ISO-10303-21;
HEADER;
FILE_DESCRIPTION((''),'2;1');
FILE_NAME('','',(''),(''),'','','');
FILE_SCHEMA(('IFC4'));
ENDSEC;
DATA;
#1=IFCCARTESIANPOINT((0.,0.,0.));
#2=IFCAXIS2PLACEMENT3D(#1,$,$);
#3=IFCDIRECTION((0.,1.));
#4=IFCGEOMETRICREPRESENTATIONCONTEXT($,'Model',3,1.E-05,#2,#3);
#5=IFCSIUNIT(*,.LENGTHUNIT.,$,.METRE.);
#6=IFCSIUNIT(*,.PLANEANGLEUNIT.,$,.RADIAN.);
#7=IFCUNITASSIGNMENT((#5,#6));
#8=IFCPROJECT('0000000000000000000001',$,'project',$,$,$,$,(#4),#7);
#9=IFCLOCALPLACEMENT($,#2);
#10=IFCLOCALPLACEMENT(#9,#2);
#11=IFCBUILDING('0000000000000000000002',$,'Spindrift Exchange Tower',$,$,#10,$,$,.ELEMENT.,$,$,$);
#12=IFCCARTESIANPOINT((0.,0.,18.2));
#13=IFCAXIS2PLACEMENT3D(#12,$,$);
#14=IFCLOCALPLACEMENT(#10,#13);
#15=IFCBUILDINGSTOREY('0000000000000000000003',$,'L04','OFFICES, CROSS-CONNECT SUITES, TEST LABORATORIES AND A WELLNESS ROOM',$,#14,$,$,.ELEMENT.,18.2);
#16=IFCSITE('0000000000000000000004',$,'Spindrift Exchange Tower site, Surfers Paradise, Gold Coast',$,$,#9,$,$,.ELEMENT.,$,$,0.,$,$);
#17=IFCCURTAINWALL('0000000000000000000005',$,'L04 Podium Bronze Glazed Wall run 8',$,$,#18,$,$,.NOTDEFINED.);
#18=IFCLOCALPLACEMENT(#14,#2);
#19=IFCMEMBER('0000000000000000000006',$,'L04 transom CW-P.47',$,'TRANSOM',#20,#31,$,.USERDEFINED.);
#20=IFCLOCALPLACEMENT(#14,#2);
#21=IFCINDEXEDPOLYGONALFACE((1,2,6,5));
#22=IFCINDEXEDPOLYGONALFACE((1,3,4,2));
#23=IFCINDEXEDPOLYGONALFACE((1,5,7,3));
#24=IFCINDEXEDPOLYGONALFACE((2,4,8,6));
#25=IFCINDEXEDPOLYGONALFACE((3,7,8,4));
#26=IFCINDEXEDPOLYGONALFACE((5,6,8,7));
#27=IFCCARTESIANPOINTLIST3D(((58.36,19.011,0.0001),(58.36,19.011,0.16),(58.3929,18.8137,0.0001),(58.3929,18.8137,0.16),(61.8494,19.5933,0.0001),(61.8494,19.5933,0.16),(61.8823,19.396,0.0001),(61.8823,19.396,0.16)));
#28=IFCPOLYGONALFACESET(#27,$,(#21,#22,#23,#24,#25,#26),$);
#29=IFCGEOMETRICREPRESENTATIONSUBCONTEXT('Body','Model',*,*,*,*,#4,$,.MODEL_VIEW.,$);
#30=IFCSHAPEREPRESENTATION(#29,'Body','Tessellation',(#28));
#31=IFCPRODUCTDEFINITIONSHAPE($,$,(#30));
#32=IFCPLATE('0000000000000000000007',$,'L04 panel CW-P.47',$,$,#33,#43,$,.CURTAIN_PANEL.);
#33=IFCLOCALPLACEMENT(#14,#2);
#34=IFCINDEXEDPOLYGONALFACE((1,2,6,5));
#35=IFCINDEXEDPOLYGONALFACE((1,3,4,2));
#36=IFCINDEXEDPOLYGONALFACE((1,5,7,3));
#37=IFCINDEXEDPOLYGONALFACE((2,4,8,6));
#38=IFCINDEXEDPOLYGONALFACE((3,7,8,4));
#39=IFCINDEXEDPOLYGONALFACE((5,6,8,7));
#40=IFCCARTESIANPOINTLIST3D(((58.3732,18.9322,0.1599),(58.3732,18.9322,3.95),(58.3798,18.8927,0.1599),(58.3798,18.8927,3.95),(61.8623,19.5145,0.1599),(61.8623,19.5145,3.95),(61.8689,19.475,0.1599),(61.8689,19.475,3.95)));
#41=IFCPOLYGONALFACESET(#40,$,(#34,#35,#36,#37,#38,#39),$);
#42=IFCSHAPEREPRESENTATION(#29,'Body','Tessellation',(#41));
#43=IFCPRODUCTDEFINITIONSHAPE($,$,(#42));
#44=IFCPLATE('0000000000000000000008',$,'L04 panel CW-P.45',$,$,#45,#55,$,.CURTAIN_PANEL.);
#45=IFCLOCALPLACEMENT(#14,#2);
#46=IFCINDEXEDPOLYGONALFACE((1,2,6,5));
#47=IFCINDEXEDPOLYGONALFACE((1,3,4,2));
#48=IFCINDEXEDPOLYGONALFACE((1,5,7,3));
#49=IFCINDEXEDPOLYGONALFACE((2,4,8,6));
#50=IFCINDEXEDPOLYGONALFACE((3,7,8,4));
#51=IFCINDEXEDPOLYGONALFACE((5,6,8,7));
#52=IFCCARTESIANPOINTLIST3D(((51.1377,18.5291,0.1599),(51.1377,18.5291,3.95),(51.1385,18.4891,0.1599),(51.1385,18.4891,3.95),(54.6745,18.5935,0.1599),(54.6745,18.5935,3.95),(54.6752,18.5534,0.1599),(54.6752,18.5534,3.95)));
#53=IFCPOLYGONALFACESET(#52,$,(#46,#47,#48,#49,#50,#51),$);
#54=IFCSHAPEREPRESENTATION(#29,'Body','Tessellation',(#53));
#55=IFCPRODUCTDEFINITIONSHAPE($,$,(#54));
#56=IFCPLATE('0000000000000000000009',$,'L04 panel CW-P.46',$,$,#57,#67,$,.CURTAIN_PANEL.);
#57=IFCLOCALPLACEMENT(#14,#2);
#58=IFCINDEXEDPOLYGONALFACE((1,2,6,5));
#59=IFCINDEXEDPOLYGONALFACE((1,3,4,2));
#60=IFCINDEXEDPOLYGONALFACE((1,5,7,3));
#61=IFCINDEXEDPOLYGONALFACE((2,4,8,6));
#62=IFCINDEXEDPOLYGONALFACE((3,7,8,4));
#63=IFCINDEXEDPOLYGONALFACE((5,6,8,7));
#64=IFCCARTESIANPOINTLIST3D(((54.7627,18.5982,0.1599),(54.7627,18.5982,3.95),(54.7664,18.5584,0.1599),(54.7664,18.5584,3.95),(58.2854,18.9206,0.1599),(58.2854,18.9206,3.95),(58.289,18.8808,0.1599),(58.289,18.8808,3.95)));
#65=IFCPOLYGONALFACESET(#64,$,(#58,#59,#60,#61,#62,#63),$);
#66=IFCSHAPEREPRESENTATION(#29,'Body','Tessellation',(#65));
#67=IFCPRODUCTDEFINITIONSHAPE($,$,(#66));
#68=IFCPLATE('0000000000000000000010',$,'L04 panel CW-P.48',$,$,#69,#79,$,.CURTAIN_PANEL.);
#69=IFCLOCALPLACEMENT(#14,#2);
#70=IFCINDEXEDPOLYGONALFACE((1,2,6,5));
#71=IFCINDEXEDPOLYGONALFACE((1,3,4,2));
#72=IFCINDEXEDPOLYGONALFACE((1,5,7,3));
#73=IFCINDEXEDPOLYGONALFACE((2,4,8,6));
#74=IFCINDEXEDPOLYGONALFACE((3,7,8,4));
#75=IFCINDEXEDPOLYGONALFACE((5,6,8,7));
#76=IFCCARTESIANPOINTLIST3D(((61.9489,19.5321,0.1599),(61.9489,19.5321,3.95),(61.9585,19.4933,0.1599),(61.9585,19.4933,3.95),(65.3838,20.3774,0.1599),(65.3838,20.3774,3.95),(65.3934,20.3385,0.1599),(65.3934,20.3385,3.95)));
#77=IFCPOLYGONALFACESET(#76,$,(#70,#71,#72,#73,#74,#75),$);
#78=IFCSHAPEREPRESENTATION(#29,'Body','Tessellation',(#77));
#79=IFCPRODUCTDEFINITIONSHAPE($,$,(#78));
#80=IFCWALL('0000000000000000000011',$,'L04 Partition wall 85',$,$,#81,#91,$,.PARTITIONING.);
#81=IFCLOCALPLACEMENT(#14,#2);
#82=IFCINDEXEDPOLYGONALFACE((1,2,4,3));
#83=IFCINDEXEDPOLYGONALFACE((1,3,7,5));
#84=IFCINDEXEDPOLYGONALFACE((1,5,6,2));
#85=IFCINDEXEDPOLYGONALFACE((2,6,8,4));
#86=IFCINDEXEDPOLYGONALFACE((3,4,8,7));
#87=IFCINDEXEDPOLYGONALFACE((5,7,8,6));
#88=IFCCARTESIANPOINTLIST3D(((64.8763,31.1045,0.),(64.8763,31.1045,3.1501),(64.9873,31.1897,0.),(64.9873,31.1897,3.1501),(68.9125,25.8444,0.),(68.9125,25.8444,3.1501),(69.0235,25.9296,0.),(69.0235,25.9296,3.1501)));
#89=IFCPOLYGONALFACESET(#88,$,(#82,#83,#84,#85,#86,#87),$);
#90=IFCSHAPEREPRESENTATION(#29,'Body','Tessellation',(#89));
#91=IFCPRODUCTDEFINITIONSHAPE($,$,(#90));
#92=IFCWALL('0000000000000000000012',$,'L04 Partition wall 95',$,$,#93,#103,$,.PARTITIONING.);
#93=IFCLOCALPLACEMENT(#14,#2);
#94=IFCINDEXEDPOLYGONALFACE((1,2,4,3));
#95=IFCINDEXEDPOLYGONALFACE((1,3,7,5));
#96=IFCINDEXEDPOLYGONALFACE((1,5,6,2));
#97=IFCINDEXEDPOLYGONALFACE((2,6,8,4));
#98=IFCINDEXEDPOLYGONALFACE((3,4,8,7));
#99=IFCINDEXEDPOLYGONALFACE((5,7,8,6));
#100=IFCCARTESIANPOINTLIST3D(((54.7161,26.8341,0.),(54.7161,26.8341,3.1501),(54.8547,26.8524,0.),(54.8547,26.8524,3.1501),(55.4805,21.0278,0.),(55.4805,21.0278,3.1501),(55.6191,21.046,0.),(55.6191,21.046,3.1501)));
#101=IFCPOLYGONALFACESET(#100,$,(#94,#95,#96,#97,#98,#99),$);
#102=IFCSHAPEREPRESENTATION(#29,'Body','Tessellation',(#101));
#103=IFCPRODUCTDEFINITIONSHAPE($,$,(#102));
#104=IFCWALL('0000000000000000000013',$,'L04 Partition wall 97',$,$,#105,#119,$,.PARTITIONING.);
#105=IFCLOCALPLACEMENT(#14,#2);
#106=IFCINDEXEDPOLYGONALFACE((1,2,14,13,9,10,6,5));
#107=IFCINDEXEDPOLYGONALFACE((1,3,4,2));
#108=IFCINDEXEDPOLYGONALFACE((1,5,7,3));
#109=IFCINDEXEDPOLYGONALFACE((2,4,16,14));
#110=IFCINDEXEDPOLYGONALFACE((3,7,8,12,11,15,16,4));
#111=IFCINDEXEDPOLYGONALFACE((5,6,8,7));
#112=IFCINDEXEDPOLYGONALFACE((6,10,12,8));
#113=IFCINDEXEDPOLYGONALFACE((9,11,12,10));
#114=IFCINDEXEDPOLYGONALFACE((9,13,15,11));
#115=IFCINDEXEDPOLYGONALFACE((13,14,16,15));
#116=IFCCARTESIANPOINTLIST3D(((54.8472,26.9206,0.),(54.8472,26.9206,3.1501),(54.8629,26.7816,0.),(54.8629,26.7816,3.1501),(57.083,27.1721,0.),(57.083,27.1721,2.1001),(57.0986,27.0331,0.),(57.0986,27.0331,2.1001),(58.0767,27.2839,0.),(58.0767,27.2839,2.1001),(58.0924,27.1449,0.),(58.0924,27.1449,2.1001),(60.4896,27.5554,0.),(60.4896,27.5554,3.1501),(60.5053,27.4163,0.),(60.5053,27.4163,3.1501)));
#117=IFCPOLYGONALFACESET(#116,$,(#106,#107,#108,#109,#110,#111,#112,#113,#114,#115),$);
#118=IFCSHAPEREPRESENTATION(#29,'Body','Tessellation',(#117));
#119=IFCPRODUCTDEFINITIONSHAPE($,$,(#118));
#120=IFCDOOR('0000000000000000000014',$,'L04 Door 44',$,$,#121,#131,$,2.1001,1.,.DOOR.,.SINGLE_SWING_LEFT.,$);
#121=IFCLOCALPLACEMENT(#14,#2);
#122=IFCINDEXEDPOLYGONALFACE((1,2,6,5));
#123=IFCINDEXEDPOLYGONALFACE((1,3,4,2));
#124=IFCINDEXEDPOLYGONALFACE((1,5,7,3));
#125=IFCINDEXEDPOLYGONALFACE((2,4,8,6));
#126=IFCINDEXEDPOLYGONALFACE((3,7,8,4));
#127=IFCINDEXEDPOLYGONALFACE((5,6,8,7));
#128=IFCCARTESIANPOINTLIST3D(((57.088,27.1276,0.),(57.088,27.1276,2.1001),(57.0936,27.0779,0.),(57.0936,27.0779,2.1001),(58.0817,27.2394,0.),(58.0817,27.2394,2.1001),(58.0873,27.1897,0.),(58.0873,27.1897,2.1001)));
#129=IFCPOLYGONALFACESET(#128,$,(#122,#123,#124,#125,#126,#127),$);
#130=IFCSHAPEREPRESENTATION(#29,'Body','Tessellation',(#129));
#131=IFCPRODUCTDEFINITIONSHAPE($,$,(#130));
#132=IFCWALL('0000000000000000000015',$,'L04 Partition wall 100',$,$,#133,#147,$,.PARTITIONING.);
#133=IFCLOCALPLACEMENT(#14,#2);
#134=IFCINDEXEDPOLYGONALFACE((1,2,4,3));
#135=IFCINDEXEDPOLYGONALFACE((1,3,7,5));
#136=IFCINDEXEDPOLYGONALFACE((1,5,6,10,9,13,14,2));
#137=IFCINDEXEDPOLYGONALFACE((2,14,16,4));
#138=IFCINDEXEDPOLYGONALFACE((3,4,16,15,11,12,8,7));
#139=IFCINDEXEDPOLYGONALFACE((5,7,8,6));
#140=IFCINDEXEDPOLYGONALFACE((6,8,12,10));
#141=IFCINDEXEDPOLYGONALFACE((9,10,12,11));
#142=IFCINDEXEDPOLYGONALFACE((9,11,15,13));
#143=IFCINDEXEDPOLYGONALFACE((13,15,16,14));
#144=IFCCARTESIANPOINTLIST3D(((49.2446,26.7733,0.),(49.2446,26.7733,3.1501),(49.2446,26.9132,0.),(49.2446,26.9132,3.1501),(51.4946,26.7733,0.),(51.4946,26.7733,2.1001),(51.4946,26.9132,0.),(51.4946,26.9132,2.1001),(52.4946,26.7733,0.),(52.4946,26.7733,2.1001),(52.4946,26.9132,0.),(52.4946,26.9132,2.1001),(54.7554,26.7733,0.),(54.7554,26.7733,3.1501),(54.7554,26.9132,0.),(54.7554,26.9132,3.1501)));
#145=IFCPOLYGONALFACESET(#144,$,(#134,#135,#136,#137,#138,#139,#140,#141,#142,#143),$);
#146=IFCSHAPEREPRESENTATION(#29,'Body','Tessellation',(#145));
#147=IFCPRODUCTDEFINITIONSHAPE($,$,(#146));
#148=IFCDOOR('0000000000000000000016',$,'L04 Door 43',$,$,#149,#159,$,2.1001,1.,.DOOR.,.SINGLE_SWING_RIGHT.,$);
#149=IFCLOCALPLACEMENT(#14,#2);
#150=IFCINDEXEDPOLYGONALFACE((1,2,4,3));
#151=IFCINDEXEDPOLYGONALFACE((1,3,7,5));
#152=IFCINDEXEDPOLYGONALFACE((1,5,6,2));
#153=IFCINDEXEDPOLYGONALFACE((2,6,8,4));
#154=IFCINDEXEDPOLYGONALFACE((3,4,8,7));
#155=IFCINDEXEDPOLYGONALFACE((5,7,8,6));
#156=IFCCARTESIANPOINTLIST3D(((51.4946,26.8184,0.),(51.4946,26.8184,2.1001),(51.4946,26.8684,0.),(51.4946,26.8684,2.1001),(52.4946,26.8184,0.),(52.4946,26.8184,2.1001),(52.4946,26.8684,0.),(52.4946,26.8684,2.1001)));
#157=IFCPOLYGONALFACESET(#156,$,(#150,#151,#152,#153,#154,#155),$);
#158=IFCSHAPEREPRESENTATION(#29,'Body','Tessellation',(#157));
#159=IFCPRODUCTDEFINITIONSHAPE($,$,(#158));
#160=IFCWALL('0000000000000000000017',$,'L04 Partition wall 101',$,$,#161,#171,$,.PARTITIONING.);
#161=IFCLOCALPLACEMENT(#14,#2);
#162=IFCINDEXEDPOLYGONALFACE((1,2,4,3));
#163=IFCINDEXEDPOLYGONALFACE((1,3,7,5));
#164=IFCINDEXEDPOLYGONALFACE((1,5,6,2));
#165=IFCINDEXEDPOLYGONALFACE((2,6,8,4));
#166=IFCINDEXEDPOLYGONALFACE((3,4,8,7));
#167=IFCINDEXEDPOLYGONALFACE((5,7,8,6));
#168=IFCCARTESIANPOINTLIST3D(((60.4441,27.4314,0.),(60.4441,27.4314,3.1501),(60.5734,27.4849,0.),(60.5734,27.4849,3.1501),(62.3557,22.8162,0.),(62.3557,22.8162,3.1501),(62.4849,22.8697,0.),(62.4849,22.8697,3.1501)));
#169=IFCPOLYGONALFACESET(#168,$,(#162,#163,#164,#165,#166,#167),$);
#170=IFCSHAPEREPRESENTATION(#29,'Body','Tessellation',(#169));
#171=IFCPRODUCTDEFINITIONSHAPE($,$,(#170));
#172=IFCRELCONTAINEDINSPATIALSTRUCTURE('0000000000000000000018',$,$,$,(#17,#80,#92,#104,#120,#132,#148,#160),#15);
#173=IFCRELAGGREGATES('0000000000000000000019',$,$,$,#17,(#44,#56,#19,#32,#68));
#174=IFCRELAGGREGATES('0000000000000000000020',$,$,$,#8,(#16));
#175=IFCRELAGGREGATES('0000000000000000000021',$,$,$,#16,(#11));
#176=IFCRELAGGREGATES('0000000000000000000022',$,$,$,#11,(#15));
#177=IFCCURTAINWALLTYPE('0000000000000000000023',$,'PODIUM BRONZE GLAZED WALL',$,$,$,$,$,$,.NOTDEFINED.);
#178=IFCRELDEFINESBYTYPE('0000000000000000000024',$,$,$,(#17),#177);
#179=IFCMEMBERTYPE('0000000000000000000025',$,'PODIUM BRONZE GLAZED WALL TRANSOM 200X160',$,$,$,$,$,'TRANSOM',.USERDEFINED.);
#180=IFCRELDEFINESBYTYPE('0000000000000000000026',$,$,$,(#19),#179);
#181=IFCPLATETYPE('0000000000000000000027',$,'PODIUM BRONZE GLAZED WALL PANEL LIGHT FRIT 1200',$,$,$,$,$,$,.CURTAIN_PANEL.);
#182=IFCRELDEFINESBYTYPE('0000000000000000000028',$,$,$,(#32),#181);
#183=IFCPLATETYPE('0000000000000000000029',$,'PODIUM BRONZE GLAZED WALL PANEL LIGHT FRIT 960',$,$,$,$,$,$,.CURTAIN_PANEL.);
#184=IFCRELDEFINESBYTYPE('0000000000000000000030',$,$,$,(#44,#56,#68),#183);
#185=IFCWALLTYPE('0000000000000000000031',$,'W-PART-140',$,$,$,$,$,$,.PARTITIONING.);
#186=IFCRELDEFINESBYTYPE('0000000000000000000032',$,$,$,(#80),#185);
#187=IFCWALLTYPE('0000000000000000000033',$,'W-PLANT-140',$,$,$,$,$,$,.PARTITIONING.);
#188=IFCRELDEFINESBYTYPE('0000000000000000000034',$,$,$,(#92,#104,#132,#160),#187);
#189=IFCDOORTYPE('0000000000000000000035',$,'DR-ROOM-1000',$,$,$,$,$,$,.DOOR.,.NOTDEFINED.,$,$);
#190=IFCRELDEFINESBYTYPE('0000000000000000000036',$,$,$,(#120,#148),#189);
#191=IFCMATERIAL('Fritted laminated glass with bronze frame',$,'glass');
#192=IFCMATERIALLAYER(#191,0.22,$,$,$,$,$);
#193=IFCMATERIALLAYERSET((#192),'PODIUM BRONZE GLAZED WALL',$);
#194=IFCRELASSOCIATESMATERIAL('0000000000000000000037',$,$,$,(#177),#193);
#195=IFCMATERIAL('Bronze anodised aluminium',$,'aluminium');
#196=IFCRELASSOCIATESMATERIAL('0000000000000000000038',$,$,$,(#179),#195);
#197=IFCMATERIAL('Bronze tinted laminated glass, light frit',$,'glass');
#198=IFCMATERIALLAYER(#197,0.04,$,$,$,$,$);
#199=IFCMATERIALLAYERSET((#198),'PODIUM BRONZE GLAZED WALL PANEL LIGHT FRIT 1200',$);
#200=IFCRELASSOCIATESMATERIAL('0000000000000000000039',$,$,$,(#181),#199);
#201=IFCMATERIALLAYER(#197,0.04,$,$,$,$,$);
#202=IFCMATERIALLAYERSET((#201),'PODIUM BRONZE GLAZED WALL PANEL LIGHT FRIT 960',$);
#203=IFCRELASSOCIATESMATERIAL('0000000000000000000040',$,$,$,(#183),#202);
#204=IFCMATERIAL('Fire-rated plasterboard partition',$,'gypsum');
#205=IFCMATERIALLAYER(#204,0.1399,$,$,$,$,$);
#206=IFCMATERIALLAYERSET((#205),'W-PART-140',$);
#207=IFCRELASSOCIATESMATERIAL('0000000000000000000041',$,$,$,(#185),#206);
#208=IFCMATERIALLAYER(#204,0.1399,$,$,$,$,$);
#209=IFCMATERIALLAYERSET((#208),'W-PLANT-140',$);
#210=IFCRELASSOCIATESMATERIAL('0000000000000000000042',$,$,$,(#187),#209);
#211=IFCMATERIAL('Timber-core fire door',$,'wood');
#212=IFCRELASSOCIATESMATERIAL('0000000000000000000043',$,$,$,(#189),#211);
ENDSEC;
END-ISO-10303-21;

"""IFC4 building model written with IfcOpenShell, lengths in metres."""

from ifc_helpers import new_model, si_unit, direction, frame, frame_2d, origin, origin_2d, place, context, subcontext, project, spatial, rectangle, extrude, source, transform, mapped, material, layer, layer_set, material_profile, profile_set, type_object, element, fill, aggregate, save


model = new_model("IFC4")

# Units and contexts
model_context = context("Model", 3, precision=1e-05, world=origin(), true_north=direction((0.0, 1.0)))
body_context = subcontext(model_context, "Body", "Model", "MODEL_VIEW")
ifc_project = project(units=[si_unit("LENGTHUNIT", "METRE"), si_unit("PLANEANGLEUNIT", "RADIAN")], contexts=[model_context])

# Site, building, storey
site_placement = place(None, origin())
site = spatial("IfcSite", under=ifc_project, at=site_placement, Name="Spindrift Exchange Tower site, Surfers Paradise, Gold Coast", CompositionType="ELEMENT", RefElevation=0.0)
building_placement = place(site_placement, origin())
building = spatial("IfcBuilding", under=site, at=building_placement, Name="Spindrift Exchange Tower", CompositionType="ELEMENT")
storey_placement = place(building_placement, frame((0.0, 0.0, 18.2)))
storey = spatial("IfcBuildingStorey", under=building, at=storey_placement, Name="L04", Description="OFFICES, CROSS-CONNECT SUITES, TEST LABORATORIES AND A WELLNESS ROOM", CompositionType="ELEMENT", Elevation=18.2)

# Curtain wall
ifc_material_1 = material(Name="Fritted laminated glass with bronze frame", Category="glass")
ifc_layer_1 = layer(ifc_material_1, 0.22)
ifc_layer_set_1 = layer_set([ifc_layer_1], Name="PODIUM BRONZE GLAZED WALL")
curtain_wall_type = type_object("IfcCurtainWallType", Name="PODIUM BRONZE GLAZED WALL", PredefinedType="NOTDEFINED", material=ifc_layer_set_1)
curtain_wall_1_placement = place(storey_placement, origin())
curtain_wall_1 = element("IfcCurtainWall", 1, at=curtain_wall_1_placement, inside=storey, type_object=curtain_wall_type, Name="L04 Podium Bronze Glazed Wall run 8", PredefinedType="NOTDEFINED")
ifc_material_2 = material(Name="Bronze anodised aluminium", Category="aluminium")

# Member
ifc_material_profile_1 = material_profile(ifc_material_2, rectangle(XDim=0.2, YDim=0.1599, at=origin_2d()), Name="PODIUM BRONZE GLAZED WALL TRANSOM 200X160")
ifc_profile_set_1 = profile_set([ifc_material_profile_1], Name="Bronze anodised aluminium")
member_type_1 = type_object("IfcMemberType", Name="PODIUM BRONZE GLAZED WALL TRANSOM 200X160", ElementType="TRANSOM", PredefinedType="USERDEFINED", material=ifc_profile_set_1)
shared_shape_1 = source(origin(), body_context, "Body", "SweptSolid", [
    extrude(rectangle(XDim=0.2, YDim=0.1599, at=origin_2d()), origin(), (0.0, 0.0, 1.0), 3.5376),
])
member_1_placement = place(storey_placement, frame((58.3765, 18.9124, 0.0801), z_axis=(0.98636, 0.1646, 0.0), x_axis=(-0.1646, 0.98636, 0.0)))
member_1 = element("IfcMember", 2, at=member_1_placement, type_object=member_type_1, Name="L04 transom CW-P.47", ObjectType="TRANSOM", PredefinedType="USERDEFINED", context=body_context, shape_type="MappedRepresentation", body=[
    mapped(shared_shape_1, transform((0.0, 0.0, 0.0), scale=1.0)),
])

# Plates
ifc_material_3 = material(Name="Bronze tinted laminated glass, light frit", Category="glass")
ifc_layer_2 = layer(ifc_material_3, 0.04)
ifc_layer_set_2 = layer_set([ifc_layer_2], Name="PODIUM BRONZE GLAZED WALL PANEL LIGHT FRIT 1200")
plate_type_1 = type_object("IfcPlateType", Name="PODIUM BRONZE GLAZED WALL PANEL LIGHT FRIT 1200", PredefinedType="CURTAIN_PANEL", material=ifc_layer_set_2)
shared_shape_2 = source(origin(), body_context, "Body", "SweptSolid", [
    extrude(rectangle(XDim=3.5374, YDim=0.04, at=origin_2d()), origin(), (0.0, 0.0, 1.0), 3.79),
])
plate_1_placement = place(storey_placement, frame((60.1211, 19.2036, 0.1599), z_axis=(0.0, 0.0, 1.0), x_axis=(0.986359, 0.164609, 0.0)))
plate_1 = element("IfcPlate", 3, at=plate_1_placement, type_object=plate_type_1, Name="L04 panel CW-P.47", PredefinedType="CURTAIN_PANEL", context=body_context, shape_type="MappedRepresentation", body=[
    mapped(shared_shape_2, transform((0.0, 0.0, 0.0), scale=1.0)),
])
ifc_layer_3 = layer(ifc_material_3, 0.04)
ifc_layer_set_3 = layer_set([ifc_layer_3], Name="PODIUM BRONZE GLAZED WALL PANEL LIGHT FRIT 960")
plate_type_2 = type_object("IfcPlateType", Name="PODIUM BRONZE GLAZED WALL PANEL LIGHT FRIT 960", PredefinedType="CURTAIN_PANEL", material=ifc_layer_set_3)
shared_shape_3 = source(origin(), body_context, "Body", "SweptSolid", [
    extrude(rectangle(XDim=3.5374, YDim=0.04, at=origin_2d()), origin(), (0.0, 0.0, 1.0), 3.79),
])
plate_2_placement = place(storey_placement, frame((52.9065, 18.5413, 0.1599), z_axis=(0.0, 0.0, 1.0), x_axis=(0.999834, 0.018194, 0.0)))
plate_2 = element("IfcPlate", 4, at=plate_2_placement, type_object=plate_type_2, Name="L04 panel CW-P.45", PredefinedType="CURTAIN_PANEL", context=body_context, shape_type="MappedRepresentation", body=[
    mapped(shared_shape_3, transform((0.0, 0.0, 0.0), scale=1.0)),
])
plate_3_placement = place(storey_placement, frame((56.5259, 18.7395, 0.1599), z_axis=(0.0, 0.0, 1.0), x_axis=(0.995838, 0.09114, 0.0)))
plate_3 = element("IfcPlate", 5, at=plate_3_placement, type_object=plate_type_2, Name="L04 panel CW-P.46", PredefinedType="CURTAIN_PANEL", context=body_context, shape_type="MappedRepresentation", body=[
    mapped(shared_shape_3, transform((0.0, 0.0, 0.0), scale=1.0)),
])
plate_4_placement = place(storey_placement, frame((63.6711, 19.9353, 0.1599), z_axis=(0.0, 0.0, 1.0), x_axis=(0.971034, 0.23894, 0.0)))
plate_4 = element("IfcPlate", 6, at=plate_4_placement, type_object=plate_type_2, Name="L04 panel CW-P.48", PredefinedType="CURTAIN_PANEL", context=body_context, shape_type="MappedRepresentation", body=[
    mapped(shared_shape_3, transform((0.0, 0.0, 0.0), scale=1.0)),
])
aggregate(curtain_wall_1, [plate_2, plate_3, member_1, plate_1, plate_4])

# Walls
ifc_material_4 = material(Name="Fire-rated plasterboard partition", Category="gypsum")
ifc_layer_4 = layer(ifc_material_4, 0.1399)
ifc_layer_set_4 = layer_set([ifc_layer_4], Name="W-PART-140")
wall_type_1 = type_object("IfcWallType", Name="W-PART-140", PredefinedType="PARTITIONING", material=ifc_layer_set_4)
wall_1_placement = place(storey_placement, frame((64.9319, 31.147, 0.0), z_axis=(0.0, 0.0, 1.0), x_axis=(0.60876, -0.793354, 0.0)))
element("IfcWall", 7, at=wall_1_placement, inside=storey, type_object=wall_type_1, Name="L04 Partition wall 85", PredefinedType="PARTITIONING", context=body_context, shape_type="SweptSolid", body=[
    extrude(rectangle(XDim=6.6301, YDim=0.1399, at=frame_2d((3.3149, 0.0))), origin(), (0.0, 0.0, 1.0), 3.1501),
])
ifc_layer_5 = layer(ifc_material_4, 0.1399)
ifc_layer_set_5 = layer_set([ifc_layer_5], Name="W-PLANT-140")
wall_type_2 = type_object("IfcWallType", Name="W-PLANT-140", PredefinedType="PARTITIONING", material=ifc_layer_set_5)
wall_2_placement = place(storey_placement, frame((54.7854, 26.8433, 0.0), z_axis=(0.0, 0.0, 1.0), x_axis=(0.130522, -0.991445, 0.0)))
element("IfcWall", 8, at=wall_2_placement, inside=storey, type_object=wall_type_2, Name="L04 Partition wall 95", PredefinedType="PARTITIONING", context=body_context, shape_type="SweptSolid", body=[
    extrude(rectangle(XDim=5.8564, YDim=0.1399, at=frame_2d((2.9282, 0.0))), origin(), (0.0, 0.0, 1.0), 3.1501),
])

# Walls, openings, doors
wall_3_placement = place(storey_placement, frame((60.4973, 27.4858, 0.0), z_axis=(0.0, 0.0, 1.0), x_axis=(-0.993731, -0.111795, 0.0)))
wall_3 = element("IfcWall", 9, at=wall_3_placement, inside=storey, type_object=wall_type_2, Name="L04 Partition wall 97", PredefinedType="PARTITIONING", context=body_context, shape_type="SweptSolid", body=[
    extrude(rectangle(XDim=5.678, YDim=0.1399, at=frame_2d((2.8389, 0.0))), origin(), (0.0, 0.0, 1.0), 3.1501),
])
opening_1_placement = place(wall_3_placement, frame((2.428, 0.0, 0.0)))
opening_1 = element("IfcOpeningElement", 10, at=opening_1_placement, cuts=wall_3, PredefinedType="OPENING", context=body_context, shape_type="SweptSolid", body=[
    extrude(rectangle(XDim=1.0, YDim=2.1001, at=frame_2d((0.5, 1.05))), frame((0.0, 0.0798, 0.0), z_axis=(0.0, -1.0, 0.0), x_axis=(1.0, 0.0, 0.0)), (0.0, 0.0, 1.0), 0.1599),
])
ifc_material_5 = material(Name="Timber-core fire door", Category="wood")
door_type = type_object("IfcDoorType", Name="DR-ROOM-1000", OperationType="NOTDEFINED", PredefinedType="DOOR", material=ifc_material_5)
shared_shape_4 = source(origin(), body_context, "Body", "SweptSolid", [
    extrude(rectangle(XDim=1.0, YDim=2.1001, at=frame_2d((0.5, 1.05))), frame((0.0, 0.0249, 0.0), z_axis=(0.0, -1.0, 0.0), x_axis=(1.0, 0.0, 0.0)), (0.0, 0.0, 1.0), 0.05),
])
door_1_placement = place(opening_1_placement, origin())
door_1 = element("IfcDoor", 11, at=door_1_placement, inside=storey, type_object=door_type, Name="L04 Door 44", OperationType="SINGLE_SWING_LEFT", OverallHeight=2.1001, OverallWidth=1.0, PredefinedType="DOOR", context=body_context, shape_type="MappedRepresentation", body=[
    mapped(shared_shape_4, transform((0.0, 0.0, 0.0), scale=1.0)),
])
fill(opening_1, door_1)
wall_4_placement = place(storey_placement, frame((54.7554, 26.8433, 0.0), z_axis=(0.0, 0.0, 1.0), x_axis=(-1.0, 0.0, 0.0)))
wall_4 = element("IfcWall", 12, at=wall_4_placement, inside=storey, type_object=wall_type_2, Name="L04 Partition wall 100", PredefinedType="PARTITIONING", context=body_context, shape_type="SweptSolid", body=[
    extrude(rectangle(XDim=5.5107, YDim=0.1399, at=frame_2d((2.7554, 0.0))), origin(), (0.0, 0.0, 1.0), 3.1501),
])
opening_2_placement = place(wall_4_placement, frame((2.2607, 0.0, 0.0)))
opening_2 = element("IfcOpeningElement", 13, at=opening_2_placement, cuts=wall_4, PredefinedType="OPENING", context=body_context, shape_type="SweptSolid", body=[
    extrude(rectangle(XDim=1.0, YDim=2.1001, at=frame_2d((0.5, 1.05))), frame((0.0, 0.0798, 0.0), z_axis=(0.0, -1.0, 0.0), x_axis=(1.0, 0.0, 0.0)), (0.0, 0.0, 1.0), 0.1599),
])
door_2_placement = place(opening_2_placement, origin())
door_2 = element("IfcDoor", 14, at=door_2_placement, inside=storey, type_object=door_type, Name="L04 Door 43", OperationType="SINGLE_SWING_RIGHT", OverallHeight=2.1001, OverallWidth=1.0, PredefinedType="DOOR", context=body_context, shape_type="MappedRepresentation", body=[
    mapped(shared_shape_4, transform((0.0, 0.0, 0.0), scale=1.0)),
])
fill(opening_2, door_2)

# Wall
wall_5_placement = place(storey_placement, frame((60.5088, 27.458, 0.0), z_axis=(0.0, 0.0, 1.0), x_axis=(0.382671, -0.923885, 0.0)))
element("IfcWall", 15, at=wall_5_placement, inside=storey, type_object=wall_type_2, Name="L04 Partition wall 101", PredefinedType="PARTITIONING", context=body_context, shape_type="SweptSolid", body=[
    extrude(rectangle(XDim=4.9954, YDim=0.1399, at=frame_2d((2.4976, 0.0))), origin(), (0.0, 0.0, 1.0), 3.1501),
])

save(model, "model.ifc")
